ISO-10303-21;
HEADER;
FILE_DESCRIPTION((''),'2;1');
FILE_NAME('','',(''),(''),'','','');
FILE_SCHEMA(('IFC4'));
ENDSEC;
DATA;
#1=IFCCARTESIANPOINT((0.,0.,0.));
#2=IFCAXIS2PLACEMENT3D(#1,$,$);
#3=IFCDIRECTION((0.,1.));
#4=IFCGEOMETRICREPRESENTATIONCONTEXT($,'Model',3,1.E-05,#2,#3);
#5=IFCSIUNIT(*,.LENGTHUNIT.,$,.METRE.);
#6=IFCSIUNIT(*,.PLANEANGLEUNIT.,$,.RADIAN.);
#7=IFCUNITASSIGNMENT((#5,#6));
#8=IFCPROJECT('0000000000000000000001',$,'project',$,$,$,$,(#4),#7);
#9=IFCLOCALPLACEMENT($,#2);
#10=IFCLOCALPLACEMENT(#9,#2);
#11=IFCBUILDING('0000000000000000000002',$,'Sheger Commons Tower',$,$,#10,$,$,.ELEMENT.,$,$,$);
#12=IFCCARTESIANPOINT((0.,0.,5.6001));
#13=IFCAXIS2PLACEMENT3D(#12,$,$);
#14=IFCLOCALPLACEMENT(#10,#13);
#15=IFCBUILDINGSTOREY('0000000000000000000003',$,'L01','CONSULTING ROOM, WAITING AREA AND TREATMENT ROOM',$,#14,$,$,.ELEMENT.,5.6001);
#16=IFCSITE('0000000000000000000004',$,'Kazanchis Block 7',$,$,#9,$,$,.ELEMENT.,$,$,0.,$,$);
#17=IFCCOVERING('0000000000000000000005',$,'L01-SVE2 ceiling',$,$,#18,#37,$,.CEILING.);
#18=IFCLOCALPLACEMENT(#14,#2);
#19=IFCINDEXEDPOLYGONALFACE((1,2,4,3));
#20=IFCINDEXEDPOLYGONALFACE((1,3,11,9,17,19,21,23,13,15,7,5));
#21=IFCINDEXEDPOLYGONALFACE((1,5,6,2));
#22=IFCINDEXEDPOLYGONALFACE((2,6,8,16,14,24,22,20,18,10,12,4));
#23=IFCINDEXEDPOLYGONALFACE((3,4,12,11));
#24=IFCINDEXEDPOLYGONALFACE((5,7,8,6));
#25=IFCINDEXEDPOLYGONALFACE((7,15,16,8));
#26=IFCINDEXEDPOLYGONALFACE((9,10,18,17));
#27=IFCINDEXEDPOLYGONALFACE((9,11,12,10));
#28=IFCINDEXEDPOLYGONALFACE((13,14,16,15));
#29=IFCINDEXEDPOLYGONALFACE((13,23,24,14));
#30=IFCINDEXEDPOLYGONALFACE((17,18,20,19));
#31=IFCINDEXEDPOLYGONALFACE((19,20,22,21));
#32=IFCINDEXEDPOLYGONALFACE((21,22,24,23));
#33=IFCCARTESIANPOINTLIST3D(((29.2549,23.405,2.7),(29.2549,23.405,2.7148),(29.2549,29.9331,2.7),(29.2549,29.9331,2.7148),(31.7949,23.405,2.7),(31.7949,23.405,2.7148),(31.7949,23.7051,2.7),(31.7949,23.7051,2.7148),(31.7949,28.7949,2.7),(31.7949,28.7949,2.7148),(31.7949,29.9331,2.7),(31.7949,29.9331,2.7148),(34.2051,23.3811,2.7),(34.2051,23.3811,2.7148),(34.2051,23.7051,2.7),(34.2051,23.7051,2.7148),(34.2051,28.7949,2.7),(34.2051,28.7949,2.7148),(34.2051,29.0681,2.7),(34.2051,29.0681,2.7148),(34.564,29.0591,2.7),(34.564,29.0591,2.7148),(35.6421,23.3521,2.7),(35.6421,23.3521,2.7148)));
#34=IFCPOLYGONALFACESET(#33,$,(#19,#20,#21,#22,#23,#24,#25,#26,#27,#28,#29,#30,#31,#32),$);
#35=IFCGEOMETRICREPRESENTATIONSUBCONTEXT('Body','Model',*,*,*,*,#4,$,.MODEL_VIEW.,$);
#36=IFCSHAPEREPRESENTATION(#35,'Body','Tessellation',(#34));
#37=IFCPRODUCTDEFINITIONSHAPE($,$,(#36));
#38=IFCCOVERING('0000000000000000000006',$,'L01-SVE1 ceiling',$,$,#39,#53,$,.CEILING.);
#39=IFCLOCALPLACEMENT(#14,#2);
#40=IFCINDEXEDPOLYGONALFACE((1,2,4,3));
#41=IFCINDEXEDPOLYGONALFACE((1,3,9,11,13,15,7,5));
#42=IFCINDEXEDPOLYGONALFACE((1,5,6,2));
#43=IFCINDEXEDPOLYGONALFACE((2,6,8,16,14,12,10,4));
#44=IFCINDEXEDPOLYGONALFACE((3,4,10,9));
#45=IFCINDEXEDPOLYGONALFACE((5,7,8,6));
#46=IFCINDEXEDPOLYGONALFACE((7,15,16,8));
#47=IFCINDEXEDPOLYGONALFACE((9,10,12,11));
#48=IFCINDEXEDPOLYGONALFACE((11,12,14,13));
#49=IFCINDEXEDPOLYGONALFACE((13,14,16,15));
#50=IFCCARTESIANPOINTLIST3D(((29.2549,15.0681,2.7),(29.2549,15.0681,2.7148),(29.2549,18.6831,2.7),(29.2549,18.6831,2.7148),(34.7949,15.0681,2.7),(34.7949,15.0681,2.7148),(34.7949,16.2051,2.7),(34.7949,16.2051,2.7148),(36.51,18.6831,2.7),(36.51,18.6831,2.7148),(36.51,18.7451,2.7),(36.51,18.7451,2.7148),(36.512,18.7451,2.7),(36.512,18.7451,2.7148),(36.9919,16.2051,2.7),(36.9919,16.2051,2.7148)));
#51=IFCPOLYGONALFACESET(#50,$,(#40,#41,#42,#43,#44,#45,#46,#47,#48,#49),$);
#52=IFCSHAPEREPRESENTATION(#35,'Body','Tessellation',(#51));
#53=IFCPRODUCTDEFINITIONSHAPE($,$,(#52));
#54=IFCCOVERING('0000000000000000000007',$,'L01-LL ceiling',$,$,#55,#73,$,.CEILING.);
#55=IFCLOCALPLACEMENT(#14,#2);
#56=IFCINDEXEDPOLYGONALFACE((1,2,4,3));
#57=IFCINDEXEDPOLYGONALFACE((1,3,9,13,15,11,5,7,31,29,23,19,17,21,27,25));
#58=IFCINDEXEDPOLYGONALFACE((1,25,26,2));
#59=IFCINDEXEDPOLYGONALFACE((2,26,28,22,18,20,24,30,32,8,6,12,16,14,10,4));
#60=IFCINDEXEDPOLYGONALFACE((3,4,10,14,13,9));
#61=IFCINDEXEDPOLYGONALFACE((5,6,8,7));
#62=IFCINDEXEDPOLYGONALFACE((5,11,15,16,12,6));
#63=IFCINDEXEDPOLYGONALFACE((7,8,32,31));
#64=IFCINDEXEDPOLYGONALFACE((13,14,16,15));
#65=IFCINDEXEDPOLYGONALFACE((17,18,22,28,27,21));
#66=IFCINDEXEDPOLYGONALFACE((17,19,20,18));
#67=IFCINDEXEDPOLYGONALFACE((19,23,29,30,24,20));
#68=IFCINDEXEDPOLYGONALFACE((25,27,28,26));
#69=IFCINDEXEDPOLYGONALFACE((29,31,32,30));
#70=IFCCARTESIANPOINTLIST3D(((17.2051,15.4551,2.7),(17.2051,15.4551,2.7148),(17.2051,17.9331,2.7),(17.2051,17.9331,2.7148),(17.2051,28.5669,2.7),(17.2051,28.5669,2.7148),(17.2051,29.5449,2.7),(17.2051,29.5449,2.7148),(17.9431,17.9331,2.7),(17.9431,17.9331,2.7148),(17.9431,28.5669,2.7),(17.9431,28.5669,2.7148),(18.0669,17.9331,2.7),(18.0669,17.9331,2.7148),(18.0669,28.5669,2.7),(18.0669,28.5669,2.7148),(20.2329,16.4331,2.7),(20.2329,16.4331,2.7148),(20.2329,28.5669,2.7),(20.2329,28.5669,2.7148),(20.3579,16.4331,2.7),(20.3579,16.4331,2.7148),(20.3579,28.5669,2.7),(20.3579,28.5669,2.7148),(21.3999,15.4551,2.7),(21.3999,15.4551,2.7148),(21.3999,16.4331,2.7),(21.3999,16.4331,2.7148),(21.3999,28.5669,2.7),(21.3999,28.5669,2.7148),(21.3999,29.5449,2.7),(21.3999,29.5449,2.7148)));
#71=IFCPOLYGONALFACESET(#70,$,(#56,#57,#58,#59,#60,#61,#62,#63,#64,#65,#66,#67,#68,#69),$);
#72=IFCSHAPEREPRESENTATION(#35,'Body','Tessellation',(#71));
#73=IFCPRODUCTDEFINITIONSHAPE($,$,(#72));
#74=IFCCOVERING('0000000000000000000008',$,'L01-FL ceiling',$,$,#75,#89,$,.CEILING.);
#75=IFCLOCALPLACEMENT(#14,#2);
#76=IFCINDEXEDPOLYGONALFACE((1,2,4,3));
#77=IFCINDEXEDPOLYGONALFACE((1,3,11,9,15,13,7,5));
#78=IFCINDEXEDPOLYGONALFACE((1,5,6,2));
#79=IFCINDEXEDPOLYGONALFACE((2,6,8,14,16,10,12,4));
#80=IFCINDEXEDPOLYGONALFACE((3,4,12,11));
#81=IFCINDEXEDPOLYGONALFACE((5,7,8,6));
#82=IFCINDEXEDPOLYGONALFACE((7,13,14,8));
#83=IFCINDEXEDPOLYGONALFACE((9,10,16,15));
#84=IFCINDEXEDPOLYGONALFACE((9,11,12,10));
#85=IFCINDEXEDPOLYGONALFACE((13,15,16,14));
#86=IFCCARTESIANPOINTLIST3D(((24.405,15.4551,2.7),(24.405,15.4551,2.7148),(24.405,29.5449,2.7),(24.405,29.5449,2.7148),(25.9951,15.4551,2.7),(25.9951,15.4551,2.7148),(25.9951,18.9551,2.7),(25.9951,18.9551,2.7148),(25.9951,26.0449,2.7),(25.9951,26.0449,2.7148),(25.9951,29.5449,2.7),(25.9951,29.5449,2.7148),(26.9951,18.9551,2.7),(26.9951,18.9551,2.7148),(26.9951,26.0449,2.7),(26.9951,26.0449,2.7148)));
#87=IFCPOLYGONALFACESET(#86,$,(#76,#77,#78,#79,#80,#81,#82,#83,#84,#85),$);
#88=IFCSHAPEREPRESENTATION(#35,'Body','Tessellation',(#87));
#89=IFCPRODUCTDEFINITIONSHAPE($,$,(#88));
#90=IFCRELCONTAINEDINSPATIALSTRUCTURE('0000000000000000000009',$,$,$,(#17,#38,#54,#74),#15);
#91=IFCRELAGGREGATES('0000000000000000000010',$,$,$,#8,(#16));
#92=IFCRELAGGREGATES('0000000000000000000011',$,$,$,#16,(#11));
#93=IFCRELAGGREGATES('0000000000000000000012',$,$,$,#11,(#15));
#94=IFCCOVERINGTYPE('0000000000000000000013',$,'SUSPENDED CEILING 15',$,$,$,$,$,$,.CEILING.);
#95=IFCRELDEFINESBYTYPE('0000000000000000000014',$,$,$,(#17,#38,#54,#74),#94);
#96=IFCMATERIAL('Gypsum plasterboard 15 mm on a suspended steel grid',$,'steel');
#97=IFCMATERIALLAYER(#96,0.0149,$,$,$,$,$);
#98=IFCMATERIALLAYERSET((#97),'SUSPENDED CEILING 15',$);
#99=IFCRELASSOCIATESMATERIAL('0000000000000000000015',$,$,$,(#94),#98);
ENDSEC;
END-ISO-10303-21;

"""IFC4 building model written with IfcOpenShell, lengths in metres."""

from ifc_helpers import new_model, si_unit, direction, frame, origin, place, context, subcontext, project, spatial, polyline, outline, extrude, material, layer, layer_set, type_object, element, save


model = new_model("IFC4")

# Units and contexts
model_context = context("Model", 3, precision=1e-05, world=origin(), true_north=direction((0.0, 1.0)))
body_context = subcontext(model_context, "Body", "Model", "MODEL_VIEW")
ifc_project = project(units=[si_unit("LENGTHUNIT", "METRE"), si_unit("PLANEANGLEUNIT", "RADIAN")], contexts=[model_context])

# Site, building, storey
site_placement = place(None, origin())
site = spatial("IfcSite", under=ifc_project, at=site_placement, Name="Kazanchis Block 7", CompositionType="ELEMENT", RefElevation=0.0)
building_placement = place(site_placement, origin())
building = spatial("IfcBuilding", under=site, at=building_placement, Name="Sheger Commons Tower", CompositionType="ELEMENT")
storey_placement = place(building_placement, frame((0.0, 0.0, 5.6001)))
storey = spatial("IfcBuildingStorey", under=building, at=storey_placement, Name="L01", Description="CONSULTING ROOM, WAITING AREA AND TREATMENT ROOM", CompositionType="ELEMENT", Elevation=5.6001)

# Coverings
ifc_material_1 = material(Name="Gypsum plasterboard 15 mm on a suspended steel grid", Category="steel")
ifc_layer_1 = layer(ifc_material_1, 0.0149)
ifc_layer_set_1 = layer_set([ifc_layer_1], Name="SUSPENDED CEILING 15")
covering_type_1 = type_object("IfcCoveringType", Name="SUSPENDED CEILING 15", PredefinedType="CEILING", material=ifc_layer_set_1)
covering_1_placement = place(storey_placement, frame((0.0, 0.0, 2.7)))
element("IfcCovering", 1, at=covering_1_placement, inside=storey, type_object=covering_type_1, Name="L01-SVE2 ceiling", PredefinedType="CEILING", context=body_context, shape_type="SweptSolid", body=[
    extrude(outline(polyline([(35.6421, 23.3521), (34.564, 29.0591), (34.2051, 29.0681), (34.2051, 28.7949), (31.7949, 28.7949), (31.7949, 29.9331), (29.2549, 29.9331), (29.2549, 23.405), (31.7949, 23.405), (31.7949, 23.7051), (34.2051, 23.7051), (34.2051, 23.3811), (35.6421, 23.3521)])), origin(), (0.0, 0.0, 1.0), 0.0149),
])
covering_2_placement = place(storey_placement, frame((0.0, 0.0, 2.7)))
element("IfcCovering", 2, at=covering_2_placement, inside=storey, type_object=covering_type_1, Name="L01-SVE1 ceiling", PredefinedType="CEILING", context=body_context, shape_type="SweptSolid", body=[
    extrude(outline(polyline([(29.2549, 15.0681), (34.7949, 15.0681), (34.7949, 16.2051), (36.9919, 16.2051), (36.512, 18.7451), (36.51, 18.7451), (36.51, 18.6831), (29.2549, 18.6831), (29.2549, 15.0681)])), origin(), (0.0, 0.0, 1.0), 0.0149),
])
covering_3_placement = place(storey_placement, frame((0.0, 0.0, 2.7)))
element("IfcCovering", 3, at=covering_3_placement, inside=storey, type_object=covering_type_1, Name="L01-LL ceiling", PredefinedType="CEILING", context=body_context, shape_type="SweptSolid", body=[
    extrude(outline(polyline([(17.2051, 15.4551), (21.3999, 15.4551), (21.3999, 16.4331), (20.3579, 16.4331), (20.2329, 16.4331), (20.2329, 28.5669), (20.3579, 28.5669), (21.3999, 28.5669), (21.3999, 29.5449), (17.2051, 29.5449), (17.2051, 28.5669), (17.9431, 28.5669), (18.0669, 28.5669), (18.0669, 17.9331), (17.9431, 17.9331), (17.2051, 17.9331), (17.2051, 15.4551)])), origin(), (0.0, 0.0, 1.0), 0.0149),
])
covering_4_placement = place(storey_placement, frame((0.0, 0.0, 2.7)))
element("IfcCovering", 4, at=covering_4_placement, inside=storey, type_object=covering_type_1, Name="L01-FL ceiling", PredefinedType="CEILING", context=body_context, shape_type="SweptSolid", body=[
    extrude(outline(polyline([(24.405, 15.4551), (25.9951, 15.4551), (25.9951, 18.9551), (26.9951, 18.9551), (26.9951, 26.0449), (25.9951, 26.0449), (25.9951, 29.5449), (24.405, 29.5449), (24.405, 15.4551)])), origin(), (0.0, 0.0, 1.0), 0.0149),
])

save(model, "model.ifc")
